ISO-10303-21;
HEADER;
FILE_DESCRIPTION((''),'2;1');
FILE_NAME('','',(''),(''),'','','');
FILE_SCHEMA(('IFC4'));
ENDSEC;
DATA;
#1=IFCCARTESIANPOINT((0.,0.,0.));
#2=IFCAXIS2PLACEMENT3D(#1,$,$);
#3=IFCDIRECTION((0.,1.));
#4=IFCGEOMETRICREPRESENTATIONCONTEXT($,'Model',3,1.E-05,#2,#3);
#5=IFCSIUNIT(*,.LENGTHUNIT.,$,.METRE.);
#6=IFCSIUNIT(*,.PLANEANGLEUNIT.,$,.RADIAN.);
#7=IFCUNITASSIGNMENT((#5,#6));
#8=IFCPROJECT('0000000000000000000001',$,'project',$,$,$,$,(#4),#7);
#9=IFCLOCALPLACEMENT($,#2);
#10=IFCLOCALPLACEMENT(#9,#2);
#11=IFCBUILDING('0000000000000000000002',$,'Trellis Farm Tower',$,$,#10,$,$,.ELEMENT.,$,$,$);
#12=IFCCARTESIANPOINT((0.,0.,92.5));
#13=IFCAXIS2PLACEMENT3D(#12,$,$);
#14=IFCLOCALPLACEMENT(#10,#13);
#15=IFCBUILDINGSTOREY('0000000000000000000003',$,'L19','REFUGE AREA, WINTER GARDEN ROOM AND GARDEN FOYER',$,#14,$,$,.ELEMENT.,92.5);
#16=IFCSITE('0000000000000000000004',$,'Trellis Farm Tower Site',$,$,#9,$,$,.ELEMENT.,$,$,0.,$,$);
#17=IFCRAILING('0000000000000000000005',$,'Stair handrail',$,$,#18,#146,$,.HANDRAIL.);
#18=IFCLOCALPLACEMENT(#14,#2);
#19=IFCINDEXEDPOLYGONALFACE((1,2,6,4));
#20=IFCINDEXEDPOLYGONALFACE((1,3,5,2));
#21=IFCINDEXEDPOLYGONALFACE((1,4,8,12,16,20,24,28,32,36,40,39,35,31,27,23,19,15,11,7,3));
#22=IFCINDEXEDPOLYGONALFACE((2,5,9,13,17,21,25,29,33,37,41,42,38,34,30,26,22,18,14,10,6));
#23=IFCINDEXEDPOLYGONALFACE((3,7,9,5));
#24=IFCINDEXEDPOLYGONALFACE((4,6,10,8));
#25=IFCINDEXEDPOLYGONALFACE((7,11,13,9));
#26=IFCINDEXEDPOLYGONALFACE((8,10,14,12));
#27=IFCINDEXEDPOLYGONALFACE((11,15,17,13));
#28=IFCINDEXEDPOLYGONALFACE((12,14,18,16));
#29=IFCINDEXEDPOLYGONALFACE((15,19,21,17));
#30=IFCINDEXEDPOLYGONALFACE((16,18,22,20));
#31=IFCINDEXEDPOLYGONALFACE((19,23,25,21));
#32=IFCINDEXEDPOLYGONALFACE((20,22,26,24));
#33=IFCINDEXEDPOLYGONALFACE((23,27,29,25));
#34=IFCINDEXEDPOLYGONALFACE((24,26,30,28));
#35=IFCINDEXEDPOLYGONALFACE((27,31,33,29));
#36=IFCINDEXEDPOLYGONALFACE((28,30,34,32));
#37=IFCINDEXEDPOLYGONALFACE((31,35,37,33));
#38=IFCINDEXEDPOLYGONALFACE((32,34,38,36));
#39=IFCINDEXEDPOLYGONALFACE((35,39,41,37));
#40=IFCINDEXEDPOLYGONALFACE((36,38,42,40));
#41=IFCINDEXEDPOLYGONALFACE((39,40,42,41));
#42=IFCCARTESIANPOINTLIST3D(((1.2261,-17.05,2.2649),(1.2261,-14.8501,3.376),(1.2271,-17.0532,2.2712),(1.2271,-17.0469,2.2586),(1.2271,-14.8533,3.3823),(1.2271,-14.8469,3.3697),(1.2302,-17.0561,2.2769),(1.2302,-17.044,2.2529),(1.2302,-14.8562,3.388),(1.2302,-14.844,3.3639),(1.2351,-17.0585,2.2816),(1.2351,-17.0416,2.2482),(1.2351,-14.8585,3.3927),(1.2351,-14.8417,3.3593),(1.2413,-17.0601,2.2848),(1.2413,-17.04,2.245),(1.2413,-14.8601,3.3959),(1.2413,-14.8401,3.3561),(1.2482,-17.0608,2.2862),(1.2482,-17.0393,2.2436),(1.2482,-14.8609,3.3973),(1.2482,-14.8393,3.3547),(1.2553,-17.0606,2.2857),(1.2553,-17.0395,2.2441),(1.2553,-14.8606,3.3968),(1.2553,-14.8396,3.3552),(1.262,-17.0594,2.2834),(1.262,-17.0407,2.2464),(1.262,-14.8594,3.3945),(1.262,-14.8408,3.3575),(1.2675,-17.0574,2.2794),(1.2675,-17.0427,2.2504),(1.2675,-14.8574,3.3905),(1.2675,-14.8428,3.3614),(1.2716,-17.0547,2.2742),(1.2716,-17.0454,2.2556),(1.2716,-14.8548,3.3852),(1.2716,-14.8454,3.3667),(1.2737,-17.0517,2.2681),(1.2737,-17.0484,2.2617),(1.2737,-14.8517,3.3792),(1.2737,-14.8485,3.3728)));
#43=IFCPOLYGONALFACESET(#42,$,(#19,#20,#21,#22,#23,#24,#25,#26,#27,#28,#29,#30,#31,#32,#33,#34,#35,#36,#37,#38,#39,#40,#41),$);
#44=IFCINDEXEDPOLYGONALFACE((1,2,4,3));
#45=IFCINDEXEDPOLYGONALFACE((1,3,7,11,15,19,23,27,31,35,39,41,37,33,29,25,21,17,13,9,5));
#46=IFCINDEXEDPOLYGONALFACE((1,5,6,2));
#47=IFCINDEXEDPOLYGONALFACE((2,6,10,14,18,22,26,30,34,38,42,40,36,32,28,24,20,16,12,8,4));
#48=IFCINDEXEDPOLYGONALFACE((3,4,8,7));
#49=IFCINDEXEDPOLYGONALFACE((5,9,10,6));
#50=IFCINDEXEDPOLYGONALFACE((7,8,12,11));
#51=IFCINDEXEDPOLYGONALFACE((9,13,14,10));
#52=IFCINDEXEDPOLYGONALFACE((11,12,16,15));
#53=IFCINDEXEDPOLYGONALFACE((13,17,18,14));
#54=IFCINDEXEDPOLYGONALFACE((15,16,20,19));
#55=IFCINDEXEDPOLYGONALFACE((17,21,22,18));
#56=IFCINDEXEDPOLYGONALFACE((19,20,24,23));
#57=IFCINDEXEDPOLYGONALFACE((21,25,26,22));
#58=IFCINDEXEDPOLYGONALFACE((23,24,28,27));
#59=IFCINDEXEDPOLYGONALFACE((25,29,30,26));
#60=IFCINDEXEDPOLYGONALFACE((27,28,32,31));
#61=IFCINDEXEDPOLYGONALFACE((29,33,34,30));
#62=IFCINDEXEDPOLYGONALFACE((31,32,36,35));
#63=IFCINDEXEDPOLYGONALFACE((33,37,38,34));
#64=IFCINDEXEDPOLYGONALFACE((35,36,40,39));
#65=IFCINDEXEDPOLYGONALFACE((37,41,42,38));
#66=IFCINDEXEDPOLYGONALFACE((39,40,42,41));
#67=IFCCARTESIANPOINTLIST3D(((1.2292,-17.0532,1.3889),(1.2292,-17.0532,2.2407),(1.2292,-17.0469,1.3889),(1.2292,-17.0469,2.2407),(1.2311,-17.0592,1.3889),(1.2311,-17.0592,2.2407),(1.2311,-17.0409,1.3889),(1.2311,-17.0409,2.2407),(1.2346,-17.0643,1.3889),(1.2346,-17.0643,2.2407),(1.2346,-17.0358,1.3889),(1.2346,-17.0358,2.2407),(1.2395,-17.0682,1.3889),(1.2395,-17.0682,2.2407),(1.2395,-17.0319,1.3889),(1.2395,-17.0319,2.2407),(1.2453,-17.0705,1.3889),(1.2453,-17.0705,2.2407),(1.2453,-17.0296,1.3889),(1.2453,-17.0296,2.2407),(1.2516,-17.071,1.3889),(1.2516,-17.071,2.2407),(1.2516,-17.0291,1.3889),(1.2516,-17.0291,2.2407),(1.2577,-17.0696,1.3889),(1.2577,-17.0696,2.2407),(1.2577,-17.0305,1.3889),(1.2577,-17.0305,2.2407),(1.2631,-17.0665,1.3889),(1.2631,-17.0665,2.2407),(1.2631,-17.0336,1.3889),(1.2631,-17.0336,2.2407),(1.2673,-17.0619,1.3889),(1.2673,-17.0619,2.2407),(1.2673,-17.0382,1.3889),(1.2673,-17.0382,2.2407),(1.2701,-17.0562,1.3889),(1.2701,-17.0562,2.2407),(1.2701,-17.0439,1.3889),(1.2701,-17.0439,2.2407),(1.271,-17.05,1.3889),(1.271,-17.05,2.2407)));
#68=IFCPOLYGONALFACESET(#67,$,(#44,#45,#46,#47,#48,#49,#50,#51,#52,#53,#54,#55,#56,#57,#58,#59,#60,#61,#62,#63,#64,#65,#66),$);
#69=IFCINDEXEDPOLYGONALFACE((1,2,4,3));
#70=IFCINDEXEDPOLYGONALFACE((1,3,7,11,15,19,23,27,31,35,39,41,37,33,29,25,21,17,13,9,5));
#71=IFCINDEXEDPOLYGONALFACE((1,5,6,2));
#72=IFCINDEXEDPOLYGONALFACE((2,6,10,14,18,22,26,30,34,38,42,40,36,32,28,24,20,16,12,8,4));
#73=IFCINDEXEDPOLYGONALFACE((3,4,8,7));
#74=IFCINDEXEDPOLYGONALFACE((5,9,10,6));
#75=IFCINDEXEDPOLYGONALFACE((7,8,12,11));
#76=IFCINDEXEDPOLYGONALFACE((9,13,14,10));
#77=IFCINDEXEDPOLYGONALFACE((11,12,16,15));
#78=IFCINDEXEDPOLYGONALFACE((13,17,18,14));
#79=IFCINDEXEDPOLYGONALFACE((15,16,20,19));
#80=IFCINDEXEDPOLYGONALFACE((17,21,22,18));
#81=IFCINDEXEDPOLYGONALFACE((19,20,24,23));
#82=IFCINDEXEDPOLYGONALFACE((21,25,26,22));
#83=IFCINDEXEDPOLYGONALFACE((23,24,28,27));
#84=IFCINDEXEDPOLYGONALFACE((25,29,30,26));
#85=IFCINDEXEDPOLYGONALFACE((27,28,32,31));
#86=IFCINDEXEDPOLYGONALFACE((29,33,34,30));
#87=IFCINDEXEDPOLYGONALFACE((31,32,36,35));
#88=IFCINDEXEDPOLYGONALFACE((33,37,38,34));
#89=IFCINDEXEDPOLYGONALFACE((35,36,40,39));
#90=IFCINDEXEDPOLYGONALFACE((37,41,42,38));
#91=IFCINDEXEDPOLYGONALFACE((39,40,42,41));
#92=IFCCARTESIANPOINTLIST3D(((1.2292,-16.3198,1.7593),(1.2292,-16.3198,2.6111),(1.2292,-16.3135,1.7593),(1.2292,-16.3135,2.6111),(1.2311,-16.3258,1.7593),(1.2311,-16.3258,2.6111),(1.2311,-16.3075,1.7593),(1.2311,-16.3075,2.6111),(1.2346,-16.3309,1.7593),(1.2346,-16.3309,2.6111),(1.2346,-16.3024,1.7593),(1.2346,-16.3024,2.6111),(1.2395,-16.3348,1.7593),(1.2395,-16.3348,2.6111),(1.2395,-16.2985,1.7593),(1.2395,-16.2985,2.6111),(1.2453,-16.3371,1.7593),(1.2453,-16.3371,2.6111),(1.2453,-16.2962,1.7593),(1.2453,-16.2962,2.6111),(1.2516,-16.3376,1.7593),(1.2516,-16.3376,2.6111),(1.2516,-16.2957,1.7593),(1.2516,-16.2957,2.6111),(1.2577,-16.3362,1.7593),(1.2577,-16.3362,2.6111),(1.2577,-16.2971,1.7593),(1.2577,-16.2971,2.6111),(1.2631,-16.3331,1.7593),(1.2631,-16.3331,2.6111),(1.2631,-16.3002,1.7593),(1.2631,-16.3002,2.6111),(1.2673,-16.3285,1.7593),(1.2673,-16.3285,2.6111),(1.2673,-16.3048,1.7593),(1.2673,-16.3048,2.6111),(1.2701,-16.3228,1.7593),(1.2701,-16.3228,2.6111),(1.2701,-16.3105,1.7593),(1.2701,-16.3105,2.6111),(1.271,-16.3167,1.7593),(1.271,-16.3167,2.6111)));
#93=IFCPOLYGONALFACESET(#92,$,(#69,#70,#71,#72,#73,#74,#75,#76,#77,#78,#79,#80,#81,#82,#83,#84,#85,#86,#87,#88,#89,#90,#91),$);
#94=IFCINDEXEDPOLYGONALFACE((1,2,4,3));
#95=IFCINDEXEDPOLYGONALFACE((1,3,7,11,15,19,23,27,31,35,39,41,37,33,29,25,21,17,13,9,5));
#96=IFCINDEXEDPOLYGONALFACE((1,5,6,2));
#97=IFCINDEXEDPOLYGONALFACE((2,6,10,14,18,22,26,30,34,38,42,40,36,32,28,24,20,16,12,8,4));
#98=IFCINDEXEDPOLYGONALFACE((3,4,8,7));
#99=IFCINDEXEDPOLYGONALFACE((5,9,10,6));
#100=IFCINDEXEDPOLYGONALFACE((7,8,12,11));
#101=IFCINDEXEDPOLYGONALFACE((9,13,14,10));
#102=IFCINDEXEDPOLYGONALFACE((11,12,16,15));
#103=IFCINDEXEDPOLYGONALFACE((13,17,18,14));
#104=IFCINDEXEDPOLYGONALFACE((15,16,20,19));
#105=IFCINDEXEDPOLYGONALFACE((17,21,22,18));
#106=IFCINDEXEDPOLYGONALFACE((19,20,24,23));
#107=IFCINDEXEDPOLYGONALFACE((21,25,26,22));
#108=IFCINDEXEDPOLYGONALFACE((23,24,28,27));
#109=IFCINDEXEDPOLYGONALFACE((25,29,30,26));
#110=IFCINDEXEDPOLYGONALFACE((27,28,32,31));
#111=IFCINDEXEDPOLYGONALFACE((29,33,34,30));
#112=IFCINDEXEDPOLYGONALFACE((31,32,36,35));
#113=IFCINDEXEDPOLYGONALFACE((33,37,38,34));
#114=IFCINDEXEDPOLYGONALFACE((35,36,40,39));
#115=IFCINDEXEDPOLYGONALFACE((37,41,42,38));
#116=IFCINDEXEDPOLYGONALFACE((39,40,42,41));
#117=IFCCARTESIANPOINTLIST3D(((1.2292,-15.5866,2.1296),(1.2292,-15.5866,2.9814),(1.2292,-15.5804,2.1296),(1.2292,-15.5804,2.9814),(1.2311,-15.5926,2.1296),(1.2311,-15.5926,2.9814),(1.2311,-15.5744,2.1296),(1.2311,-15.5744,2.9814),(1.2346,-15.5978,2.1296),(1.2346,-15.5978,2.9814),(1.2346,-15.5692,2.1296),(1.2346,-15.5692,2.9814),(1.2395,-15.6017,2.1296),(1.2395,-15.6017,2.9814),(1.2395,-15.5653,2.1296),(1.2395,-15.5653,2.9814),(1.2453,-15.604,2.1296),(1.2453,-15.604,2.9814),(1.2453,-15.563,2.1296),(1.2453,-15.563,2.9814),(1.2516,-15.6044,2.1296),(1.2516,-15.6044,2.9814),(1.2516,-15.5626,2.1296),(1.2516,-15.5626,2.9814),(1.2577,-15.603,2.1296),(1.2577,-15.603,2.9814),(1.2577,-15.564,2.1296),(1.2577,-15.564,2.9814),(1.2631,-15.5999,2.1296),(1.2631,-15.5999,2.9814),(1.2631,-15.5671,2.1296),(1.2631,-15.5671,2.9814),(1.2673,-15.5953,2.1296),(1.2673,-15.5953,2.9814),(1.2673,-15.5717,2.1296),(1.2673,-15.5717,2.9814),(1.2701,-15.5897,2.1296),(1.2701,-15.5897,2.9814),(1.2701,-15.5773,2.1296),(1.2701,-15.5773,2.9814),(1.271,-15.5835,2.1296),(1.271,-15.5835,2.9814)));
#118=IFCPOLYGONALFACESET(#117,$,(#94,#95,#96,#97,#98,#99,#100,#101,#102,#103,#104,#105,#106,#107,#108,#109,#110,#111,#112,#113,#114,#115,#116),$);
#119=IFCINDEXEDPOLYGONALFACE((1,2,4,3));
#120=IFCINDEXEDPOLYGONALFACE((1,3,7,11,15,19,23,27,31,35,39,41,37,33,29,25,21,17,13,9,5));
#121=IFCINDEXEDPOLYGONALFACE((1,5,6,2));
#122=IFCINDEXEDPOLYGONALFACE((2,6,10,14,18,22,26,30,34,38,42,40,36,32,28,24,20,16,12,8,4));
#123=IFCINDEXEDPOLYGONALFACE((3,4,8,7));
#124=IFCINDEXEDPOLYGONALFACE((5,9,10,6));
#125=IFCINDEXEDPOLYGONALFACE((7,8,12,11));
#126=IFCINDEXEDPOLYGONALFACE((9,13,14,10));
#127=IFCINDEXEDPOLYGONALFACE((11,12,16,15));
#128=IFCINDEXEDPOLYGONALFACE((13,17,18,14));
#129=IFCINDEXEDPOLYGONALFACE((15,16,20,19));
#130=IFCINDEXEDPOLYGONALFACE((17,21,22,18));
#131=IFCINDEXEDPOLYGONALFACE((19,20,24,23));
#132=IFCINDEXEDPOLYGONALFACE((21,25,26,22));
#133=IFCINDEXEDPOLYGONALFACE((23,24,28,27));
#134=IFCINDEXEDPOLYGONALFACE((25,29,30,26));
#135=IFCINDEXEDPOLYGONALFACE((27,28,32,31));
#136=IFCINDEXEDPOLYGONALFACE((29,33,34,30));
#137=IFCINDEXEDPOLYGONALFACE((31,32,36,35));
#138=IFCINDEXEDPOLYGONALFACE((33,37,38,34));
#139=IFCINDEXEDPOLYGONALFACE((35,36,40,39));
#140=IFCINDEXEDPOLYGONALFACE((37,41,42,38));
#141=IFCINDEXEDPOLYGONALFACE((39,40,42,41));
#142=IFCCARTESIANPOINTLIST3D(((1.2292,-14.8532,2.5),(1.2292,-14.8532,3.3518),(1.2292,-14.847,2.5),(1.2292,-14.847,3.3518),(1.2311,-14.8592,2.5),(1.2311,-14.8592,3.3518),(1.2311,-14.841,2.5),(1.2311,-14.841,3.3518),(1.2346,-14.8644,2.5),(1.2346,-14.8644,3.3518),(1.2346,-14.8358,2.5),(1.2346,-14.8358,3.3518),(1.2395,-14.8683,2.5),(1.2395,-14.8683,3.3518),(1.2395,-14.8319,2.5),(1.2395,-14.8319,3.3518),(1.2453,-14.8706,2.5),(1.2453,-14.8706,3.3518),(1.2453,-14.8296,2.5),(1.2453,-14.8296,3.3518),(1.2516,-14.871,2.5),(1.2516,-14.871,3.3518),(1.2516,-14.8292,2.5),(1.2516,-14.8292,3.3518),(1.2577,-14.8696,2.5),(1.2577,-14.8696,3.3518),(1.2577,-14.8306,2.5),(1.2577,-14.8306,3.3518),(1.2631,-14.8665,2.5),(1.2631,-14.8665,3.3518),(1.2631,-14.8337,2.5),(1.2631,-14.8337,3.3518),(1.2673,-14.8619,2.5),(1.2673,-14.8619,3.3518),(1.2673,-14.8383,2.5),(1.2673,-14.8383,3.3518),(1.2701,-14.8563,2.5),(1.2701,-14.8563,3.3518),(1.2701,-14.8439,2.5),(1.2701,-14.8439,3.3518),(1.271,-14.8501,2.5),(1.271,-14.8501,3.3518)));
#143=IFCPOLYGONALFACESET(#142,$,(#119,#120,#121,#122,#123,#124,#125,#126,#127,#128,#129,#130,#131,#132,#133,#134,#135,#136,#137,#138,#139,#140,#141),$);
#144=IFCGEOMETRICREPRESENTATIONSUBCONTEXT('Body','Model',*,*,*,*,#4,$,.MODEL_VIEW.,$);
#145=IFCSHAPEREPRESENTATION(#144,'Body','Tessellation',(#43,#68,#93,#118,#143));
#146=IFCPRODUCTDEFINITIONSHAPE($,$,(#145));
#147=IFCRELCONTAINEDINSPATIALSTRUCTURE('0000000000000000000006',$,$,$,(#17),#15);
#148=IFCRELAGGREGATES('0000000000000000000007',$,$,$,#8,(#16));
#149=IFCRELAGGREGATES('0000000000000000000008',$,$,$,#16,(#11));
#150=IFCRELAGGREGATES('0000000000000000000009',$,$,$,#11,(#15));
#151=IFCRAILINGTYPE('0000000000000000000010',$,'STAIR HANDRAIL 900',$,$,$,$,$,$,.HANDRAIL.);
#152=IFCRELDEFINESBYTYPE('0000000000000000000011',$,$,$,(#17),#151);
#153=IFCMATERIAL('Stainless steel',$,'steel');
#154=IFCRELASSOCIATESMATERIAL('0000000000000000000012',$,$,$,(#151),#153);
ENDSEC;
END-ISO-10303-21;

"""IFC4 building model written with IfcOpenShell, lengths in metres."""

from ifc_helpers import new_model, si_unit, direction, frame, origin, origin_2d, place, context, subcontext, project, spatial, circle, extrude, source, transform, mapped, material, type_object, element, save


model = new_model("IFC4")

# Units and contexts
model_context = context("Model", 3, precision=1e-05, world=origin(), true_north=direction((0.0, 1.0)))
body_context = subcontext(model_context, "Body", "Model", "MODEL_VIEW")
ifc_project = project(units=[si_unit("LENGTHUNIT", "METRE"), si_unit("PLANEANGLEUNIT", "RADIAN")], contexts=[model_context])

# Site, building, storey
site_placement = place(None, origin())
site = spatial("IfcSite", under=ifc_project, at=site_placement, Name="Trellis Farm Tower Site", CompositionType="ELEMENT", RefElevation=0.0)
building_placement = place(site_placement, origin())
building = spatial("IfcBuilding", under=site, at=building_placement, Name="Trellis Farm Tower", CompositionType="ELEMENT")
storey_placement = place(building_placement, frame((0.0, 0.0, 92.5)))
storey = spatial("IfcBuildingStorey", under=building, at=storey_placement, Name="L19", Description="REFUGE AREA, WINTER GARDEN ROOM AND GARDEN FOYER", CompositionType="ELEMENT", Elevation=92.5)

# Railing
ifc_material_1 = material(Name="Stainless steel", Category="steel")
railing_type = type_object("IfcRailingType", Name="STAIR HANDRAIL 900", PredefinedType="HANDRAIL", material=ifc_material_1)
shared_shape_1 = source(origin(), body_context, "Body", "SweptSolid", [
    extrude(circle(Radius=0.0239, at=origin_2d()), frame((0.0, 0.0, 0.876), z_axis=(0.0, 0.892617, 0.450816), x_axis=(-1.0, 0.0, 0.0)), (0.0, 0.0, 1.0), 2.4646),
    extrude(circle(Radius=0.021, at=origin_2d()), origin(), (0.0, 0.0, 1.0), 0.8518),
    extrude(circle(Radius=0.021, at=origin_2d()), frame((0.0, 0.7334, 0.3704)), (0.0, 0.0, 1.0), 0.8518),
    extrude(circle(Radius=0.021, at=origin_2d()), frame((0.0, 1.4666, 0.7407)), (0.0, 0.0, 1.0), 0.8518),
    extrude(circle(Radius=0.021, at=origin_2d()), frame((0.0, 2.2, 1.1111)), (0.0, 0.0, 1.0), 0.8518),
])
for number, where, name in (
    (1, (1.25, -17.05, 1.3889), "Stair handrail"),
):
    element("IfcRailing", number, at=place(storey_placement, frame(where)), inside=storey, type_object=railing_type, Name=name, PredefinedType="HANDRAIL", context=body_context, shape_type="MappedRepresentation", body=[
        mapped(shared_shape_1, transform((0.0, 0.0, 0.0))),
    ])

save(model, "model.ifc")
